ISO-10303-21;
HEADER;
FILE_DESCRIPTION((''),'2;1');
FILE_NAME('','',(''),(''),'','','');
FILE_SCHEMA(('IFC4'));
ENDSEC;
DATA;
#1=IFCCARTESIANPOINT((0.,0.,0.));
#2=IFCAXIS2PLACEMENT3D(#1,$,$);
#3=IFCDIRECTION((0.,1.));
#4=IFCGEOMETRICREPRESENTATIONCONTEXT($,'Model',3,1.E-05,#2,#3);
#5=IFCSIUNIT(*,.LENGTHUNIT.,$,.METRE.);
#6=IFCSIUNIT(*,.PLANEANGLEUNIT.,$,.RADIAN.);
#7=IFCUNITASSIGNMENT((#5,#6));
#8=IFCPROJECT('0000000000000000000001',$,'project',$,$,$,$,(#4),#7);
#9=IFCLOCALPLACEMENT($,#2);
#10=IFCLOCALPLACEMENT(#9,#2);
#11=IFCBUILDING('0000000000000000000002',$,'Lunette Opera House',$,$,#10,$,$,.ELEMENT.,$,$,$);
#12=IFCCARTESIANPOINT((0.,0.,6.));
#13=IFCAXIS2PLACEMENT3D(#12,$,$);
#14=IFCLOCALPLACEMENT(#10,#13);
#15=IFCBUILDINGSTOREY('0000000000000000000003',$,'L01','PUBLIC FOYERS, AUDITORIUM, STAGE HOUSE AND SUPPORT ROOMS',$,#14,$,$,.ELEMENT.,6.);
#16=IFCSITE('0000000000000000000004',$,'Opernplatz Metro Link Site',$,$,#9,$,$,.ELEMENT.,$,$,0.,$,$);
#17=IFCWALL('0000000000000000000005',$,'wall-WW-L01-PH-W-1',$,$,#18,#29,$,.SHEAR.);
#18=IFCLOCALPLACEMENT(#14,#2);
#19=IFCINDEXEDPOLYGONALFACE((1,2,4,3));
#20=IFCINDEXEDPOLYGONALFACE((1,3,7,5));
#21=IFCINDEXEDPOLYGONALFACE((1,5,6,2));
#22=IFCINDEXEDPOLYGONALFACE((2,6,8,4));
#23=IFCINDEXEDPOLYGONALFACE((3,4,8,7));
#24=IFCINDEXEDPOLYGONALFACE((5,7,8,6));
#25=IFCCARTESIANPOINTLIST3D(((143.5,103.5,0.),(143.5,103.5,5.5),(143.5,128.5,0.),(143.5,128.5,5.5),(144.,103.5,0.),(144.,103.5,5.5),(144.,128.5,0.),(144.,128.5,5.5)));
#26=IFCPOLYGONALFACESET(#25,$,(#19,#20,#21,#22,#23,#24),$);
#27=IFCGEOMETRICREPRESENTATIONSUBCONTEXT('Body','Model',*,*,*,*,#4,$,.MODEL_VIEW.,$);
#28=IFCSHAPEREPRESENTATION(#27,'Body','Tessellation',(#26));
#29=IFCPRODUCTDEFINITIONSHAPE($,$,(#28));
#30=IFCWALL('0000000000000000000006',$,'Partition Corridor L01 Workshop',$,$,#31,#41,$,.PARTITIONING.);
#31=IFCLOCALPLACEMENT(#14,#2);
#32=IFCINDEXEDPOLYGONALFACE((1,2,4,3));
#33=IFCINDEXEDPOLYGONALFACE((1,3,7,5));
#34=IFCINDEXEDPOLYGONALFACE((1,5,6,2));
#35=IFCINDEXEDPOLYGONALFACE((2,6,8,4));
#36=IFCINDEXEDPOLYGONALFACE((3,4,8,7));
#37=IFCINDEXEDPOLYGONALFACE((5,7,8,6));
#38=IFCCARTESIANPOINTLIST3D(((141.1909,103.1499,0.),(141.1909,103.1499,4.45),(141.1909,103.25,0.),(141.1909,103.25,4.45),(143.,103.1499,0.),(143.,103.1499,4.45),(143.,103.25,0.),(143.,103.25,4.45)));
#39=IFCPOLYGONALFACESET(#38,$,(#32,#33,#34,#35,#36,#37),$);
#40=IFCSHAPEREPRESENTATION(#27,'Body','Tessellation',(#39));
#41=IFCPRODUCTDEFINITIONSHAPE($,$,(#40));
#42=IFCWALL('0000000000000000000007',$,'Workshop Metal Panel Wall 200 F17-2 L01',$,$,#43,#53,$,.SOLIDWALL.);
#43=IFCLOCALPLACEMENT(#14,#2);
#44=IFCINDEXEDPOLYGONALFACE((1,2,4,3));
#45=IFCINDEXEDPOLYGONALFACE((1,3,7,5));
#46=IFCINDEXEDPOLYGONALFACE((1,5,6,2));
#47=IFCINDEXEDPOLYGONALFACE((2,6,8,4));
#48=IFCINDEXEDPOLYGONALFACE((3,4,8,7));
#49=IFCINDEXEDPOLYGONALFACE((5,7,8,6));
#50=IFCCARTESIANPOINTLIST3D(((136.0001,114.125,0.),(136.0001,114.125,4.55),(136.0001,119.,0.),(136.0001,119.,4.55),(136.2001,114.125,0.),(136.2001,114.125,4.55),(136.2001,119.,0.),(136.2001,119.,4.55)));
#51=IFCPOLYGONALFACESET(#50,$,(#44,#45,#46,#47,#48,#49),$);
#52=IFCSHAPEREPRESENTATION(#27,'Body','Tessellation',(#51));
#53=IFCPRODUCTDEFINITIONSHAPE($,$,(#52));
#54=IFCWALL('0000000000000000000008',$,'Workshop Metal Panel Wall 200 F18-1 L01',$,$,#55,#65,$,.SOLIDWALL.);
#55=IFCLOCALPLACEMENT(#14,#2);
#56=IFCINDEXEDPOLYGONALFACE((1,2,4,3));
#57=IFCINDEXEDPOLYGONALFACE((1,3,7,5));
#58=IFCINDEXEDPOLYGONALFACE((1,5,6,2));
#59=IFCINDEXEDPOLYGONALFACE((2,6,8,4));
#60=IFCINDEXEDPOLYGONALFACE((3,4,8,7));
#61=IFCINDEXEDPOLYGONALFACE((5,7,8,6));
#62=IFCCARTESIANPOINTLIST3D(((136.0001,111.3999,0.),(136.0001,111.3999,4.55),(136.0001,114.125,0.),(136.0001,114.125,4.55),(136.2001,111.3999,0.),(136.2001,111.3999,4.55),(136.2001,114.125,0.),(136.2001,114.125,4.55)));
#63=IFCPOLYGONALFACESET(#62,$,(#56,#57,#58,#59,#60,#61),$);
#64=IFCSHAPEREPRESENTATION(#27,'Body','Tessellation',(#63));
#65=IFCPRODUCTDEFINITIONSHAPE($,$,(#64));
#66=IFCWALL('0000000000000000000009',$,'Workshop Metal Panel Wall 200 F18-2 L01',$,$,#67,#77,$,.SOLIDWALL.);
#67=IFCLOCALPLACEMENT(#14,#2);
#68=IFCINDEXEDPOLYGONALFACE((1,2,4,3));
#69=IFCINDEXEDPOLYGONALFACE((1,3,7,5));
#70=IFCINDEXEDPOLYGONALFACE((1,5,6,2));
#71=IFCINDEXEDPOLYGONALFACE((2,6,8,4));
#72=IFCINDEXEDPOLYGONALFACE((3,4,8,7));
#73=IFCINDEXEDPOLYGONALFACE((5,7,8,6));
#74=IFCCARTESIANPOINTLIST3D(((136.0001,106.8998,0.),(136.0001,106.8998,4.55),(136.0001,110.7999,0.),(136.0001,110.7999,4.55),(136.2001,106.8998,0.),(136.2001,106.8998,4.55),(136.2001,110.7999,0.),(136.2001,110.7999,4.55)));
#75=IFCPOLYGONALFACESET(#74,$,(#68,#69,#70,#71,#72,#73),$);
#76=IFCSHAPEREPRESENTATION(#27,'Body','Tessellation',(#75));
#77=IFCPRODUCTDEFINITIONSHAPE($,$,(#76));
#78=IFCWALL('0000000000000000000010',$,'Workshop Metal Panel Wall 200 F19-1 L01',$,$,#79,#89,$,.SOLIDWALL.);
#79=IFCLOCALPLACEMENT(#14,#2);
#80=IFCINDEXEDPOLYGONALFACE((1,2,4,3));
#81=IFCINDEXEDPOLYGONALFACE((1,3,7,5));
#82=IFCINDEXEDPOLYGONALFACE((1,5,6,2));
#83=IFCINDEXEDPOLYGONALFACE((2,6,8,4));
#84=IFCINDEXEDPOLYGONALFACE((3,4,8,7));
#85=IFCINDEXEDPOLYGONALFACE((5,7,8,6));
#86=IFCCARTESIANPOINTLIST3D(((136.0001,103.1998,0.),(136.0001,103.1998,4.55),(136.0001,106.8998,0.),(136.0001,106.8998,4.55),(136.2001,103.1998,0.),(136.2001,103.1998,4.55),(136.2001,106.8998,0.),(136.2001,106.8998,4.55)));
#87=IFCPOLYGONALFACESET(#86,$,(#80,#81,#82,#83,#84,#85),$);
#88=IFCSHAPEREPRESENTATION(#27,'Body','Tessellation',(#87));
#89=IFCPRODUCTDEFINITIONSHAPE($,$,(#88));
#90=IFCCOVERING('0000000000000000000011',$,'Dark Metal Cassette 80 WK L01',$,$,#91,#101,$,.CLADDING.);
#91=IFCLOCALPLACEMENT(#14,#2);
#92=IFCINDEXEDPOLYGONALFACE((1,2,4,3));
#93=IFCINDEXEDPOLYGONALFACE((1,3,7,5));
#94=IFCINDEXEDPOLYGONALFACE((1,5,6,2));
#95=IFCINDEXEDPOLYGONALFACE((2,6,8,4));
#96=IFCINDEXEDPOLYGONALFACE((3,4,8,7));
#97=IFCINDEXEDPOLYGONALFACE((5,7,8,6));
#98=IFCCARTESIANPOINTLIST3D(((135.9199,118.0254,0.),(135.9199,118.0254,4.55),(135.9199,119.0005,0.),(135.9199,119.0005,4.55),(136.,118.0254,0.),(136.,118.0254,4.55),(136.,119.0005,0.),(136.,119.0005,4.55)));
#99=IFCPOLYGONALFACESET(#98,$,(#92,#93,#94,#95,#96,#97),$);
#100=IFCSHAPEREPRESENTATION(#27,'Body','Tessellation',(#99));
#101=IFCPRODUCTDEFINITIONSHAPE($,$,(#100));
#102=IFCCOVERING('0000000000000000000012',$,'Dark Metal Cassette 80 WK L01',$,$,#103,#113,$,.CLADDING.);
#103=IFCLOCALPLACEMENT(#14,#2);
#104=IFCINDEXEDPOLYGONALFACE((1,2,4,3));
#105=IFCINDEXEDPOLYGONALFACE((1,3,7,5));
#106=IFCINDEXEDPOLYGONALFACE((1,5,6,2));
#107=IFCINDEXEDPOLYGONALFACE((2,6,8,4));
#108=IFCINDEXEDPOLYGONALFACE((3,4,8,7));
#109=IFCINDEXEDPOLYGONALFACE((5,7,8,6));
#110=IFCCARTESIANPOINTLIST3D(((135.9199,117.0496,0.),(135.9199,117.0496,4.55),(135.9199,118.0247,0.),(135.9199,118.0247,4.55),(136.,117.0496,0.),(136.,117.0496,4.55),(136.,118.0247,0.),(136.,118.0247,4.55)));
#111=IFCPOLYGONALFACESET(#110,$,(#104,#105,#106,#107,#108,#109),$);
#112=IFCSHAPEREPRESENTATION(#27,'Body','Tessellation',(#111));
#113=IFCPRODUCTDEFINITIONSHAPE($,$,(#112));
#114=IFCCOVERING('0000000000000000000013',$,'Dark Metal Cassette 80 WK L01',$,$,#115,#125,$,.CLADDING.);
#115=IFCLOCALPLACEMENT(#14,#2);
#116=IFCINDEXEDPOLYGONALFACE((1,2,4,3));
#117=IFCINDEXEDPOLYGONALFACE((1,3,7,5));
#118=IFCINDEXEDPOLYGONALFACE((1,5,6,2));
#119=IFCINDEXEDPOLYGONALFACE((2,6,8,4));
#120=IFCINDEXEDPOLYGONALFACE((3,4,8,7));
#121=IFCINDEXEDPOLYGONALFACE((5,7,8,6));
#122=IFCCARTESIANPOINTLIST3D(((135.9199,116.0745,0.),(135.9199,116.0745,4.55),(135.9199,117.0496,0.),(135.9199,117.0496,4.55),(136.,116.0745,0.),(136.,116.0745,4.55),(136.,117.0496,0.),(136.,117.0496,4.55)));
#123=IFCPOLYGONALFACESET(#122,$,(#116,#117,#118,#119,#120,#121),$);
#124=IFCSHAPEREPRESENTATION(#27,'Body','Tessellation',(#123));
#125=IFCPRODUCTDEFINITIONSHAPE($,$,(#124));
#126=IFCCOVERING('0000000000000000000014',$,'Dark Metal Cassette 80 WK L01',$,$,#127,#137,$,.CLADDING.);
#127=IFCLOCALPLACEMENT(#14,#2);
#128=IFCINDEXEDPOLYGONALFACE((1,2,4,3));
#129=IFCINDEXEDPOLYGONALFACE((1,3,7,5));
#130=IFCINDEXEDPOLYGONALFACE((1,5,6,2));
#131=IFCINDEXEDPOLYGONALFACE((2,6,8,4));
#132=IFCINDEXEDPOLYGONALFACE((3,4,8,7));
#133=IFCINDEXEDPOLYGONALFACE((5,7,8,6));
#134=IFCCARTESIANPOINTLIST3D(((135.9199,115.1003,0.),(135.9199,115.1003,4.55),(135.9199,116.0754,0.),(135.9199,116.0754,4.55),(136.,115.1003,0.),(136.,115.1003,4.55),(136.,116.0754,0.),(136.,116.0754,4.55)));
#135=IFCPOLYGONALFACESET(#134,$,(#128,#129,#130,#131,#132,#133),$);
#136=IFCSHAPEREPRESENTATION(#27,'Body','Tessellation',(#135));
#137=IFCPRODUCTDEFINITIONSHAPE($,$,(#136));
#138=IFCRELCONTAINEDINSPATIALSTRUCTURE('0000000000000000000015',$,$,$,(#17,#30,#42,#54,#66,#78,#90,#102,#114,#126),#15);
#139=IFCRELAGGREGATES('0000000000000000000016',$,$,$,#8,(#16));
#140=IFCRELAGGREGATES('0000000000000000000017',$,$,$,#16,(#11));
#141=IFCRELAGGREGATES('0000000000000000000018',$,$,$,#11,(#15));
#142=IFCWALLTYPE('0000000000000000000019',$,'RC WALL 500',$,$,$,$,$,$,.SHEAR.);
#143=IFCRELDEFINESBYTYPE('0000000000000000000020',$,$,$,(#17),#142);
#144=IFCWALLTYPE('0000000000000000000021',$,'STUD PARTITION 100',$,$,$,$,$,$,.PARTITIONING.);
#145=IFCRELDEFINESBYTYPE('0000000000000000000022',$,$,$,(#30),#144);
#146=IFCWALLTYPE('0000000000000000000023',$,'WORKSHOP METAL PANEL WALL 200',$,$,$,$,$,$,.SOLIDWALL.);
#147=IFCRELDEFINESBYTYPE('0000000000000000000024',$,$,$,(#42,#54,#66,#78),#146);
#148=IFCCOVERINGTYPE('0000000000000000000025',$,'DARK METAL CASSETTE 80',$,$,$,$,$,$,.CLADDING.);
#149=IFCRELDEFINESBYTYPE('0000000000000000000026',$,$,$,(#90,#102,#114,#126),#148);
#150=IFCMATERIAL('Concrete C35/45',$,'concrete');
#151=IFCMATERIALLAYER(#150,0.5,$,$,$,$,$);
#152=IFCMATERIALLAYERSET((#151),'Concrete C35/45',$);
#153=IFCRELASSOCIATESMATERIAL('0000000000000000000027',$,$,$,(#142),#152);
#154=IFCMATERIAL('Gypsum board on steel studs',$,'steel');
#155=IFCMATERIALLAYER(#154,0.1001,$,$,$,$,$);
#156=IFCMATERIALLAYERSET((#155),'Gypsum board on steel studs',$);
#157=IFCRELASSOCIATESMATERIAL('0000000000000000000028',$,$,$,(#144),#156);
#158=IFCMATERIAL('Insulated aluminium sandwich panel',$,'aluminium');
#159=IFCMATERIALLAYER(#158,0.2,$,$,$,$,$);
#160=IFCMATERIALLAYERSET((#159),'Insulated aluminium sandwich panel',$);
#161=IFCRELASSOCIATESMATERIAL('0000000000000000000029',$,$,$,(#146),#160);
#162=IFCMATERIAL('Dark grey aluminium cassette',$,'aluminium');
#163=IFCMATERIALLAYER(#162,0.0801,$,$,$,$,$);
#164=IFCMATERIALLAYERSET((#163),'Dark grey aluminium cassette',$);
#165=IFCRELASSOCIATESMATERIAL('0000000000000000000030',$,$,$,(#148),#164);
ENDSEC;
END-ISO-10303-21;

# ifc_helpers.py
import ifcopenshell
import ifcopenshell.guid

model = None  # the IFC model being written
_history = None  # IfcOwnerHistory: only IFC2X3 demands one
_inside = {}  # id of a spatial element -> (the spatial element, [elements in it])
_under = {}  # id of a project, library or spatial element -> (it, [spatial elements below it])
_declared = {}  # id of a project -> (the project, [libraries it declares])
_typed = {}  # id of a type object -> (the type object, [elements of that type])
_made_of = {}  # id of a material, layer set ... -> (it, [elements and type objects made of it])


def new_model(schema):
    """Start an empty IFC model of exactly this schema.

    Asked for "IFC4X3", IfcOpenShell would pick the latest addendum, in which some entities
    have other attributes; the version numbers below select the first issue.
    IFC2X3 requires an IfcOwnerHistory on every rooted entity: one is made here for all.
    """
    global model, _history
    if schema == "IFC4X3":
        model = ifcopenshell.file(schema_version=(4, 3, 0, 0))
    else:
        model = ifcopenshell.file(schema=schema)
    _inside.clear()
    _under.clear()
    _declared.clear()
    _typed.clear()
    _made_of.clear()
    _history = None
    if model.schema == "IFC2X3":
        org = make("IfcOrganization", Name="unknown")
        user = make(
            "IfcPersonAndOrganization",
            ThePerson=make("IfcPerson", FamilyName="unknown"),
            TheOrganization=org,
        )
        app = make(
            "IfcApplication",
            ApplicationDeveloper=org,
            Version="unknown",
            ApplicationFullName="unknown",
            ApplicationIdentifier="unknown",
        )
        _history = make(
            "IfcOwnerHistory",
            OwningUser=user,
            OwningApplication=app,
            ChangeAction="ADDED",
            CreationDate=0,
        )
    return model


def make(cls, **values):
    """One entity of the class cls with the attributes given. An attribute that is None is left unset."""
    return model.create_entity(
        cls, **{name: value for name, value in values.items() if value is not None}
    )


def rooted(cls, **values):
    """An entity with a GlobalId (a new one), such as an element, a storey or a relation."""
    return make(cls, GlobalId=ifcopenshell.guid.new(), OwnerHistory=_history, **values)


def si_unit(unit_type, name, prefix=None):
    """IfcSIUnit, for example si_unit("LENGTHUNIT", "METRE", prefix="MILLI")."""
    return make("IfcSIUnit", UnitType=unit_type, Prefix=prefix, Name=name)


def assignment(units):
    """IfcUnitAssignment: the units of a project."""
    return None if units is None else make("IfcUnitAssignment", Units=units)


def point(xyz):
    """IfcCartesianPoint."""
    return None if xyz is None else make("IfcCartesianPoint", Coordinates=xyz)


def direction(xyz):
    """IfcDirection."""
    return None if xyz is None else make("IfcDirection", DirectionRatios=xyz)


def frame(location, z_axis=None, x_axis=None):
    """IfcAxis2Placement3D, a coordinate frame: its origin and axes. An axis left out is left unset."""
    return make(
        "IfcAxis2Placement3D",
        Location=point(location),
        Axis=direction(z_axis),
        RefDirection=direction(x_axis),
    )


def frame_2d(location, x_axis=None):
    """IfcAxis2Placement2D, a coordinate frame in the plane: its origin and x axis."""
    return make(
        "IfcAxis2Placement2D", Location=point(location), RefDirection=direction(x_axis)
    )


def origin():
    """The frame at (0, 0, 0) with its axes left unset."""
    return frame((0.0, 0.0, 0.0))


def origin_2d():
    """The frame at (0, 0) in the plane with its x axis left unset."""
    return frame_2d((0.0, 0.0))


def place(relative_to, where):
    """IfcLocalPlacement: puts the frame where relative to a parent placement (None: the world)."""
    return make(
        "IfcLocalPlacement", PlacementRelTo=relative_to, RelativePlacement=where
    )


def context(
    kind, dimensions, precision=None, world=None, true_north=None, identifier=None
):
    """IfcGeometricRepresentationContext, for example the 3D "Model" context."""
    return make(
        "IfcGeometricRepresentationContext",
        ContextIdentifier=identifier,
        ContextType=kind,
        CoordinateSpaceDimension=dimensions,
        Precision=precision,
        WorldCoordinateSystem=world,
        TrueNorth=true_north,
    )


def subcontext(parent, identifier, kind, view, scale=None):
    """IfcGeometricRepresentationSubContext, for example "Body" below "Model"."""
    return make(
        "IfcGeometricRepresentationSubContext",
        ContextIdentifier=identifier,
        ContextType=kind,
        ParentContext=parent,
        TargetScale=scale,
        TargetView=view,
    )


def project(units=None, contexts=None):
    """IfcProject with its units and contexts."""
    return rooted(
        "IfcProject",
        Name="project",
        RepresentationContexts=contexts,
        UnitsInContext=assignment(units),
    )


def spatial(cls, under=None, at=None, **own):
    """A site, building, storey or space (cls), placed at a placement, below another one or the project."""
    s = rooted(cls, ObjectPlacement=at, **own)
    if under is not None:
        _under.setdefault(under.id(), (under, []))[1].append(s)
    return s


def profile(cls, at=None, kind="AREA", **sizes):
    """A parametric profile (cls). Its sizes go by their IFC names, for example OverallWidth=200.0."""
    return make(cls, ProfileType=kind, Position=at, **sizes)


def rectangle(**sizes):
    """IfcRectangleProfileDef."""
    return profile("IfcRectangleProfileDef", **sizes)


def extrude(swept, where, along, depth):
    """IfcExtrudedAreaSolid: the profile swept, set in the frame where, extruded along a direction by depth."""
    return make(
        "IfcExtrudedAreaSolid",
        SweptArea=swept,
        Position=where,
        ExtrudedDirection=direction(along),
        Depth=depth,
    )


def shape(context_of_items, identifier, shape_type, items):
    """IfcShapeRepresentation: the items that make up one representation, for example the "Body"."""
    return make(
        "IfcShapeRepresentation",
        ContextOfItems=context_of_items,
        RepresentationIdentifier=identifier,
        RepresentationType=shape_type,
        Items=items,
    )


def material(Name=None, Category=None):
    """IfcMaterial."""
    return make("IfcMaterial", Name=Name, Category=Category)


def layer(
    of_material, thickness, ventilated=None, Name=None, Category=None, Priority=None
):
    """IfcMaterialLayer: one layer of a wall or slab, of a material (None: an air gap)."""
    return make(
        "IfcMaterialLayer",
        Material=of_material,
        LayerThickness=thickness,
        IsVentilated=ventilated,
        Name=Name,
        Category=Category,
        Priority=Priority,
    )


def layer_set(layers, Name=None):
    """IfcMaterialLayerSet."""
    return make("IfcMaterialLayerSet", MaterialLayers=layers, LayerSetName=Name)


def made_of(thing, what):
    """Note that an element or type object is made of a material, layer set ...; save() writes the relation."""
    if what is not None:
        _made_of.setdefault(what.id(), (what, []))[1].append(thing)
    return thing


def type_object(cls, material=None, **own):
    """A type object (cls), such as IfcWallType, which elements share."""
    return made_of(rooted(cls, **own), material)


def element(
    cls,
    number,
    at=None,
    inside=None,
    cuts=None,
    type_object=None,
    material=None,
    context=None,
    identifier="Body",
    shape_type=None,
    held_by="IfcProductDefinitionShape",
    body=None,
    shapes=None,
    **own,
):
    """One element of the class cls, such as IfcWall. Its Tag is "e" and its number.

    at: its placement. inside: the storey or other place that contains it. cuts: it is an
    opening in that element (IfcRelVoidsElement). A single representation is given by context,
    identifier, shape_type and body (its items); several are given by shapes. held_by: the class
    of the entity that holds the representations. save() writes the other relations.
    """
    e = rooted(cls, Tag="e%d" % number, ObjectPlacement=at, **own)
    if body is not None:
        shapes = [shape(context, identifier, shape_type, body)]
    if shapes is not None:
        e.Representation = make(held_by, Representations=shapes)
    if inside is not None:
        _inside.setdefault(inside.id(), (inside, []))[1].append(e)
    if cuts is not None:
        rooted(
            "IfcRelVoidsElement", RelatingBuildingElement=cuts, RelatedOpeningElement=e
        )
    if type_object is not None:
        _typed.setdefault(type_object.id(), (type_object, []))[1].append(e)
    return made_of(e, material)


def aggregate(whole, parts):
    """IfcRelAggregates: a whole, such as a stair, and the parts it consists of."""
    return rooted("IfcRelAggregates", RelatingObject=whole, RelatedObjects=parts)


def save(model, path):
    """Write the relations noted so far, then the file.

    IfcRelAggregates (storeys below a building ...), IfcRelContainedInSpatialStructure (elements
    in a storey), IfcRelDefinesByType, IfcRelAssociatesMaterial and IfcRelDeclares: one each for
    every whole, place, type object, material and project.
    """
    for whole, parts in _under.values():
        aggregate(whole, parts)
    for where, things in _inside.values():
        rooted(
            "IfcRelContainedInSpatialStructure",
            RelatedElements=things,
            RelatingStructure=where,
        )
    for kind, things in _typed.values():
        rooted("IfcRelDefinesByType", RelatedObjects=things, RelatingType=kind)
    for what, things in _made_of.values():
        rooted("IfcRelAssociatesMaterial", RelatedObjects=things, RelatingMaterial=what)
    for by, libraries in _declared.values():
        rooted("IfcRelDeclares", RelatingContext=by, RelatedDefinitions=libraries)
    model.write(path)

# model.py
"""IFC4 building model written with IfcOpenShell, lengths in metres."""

from ifc_helpers import new_model, si_unit, direction, frame, frame_2d, origin, origin_2d, place, context, subcontext, project, spatial, rectangle, extrude, material, layer, layer_set, type_object, element, save


model = new_model("IFC4")

# Units and contexts
model_context = context("Model", 3, precision=1e-05, world=origin(), true_north=direction((0.0, 1.0)))
body_context = subcontext(model_context, "Body", "Model", "MODEL_VIEW")
ifc_project = project(units=[si_unit("LENGTHUNIT", "METRE"), si_unit("PLANEANGLEUNIT", "RADIAN")], contexts=[model_context])

# Site, building, storey
site_placement = place(None, origin())
site = spatial("IfcSite", under=ifc_project, at=site_placement, Name="Opernplatz Metro Link Site", CompositionType="ELEMENT", RefElevation=0.0)
building_placement = place(site_placement, origin())
building = spatial("IfcBuilding", under=site, at=building_placement, Name="Lunette Opera House", CompositionType="ELEMENT")
storey_placement = place(building_placement, frame((0.0, 0.0, 6.0)))
storey = spatial("IfcBuildingStorey", under=building, at=storey_placement, Name="L01", Description="PUBLIC FOYERS, AUDITORIUM, STAGE HOUSE AND SUPPORT ROOMS", CompositionType="ELEMENT", Elevation=6.0)

# Walls
ifc_material_1 = material(Name="Concrete C35/45", Category="concrete")
ifc_layer_1 = layer(ifc_material_1, 0.5)
ifc_layer_set_1 = layer_set([ifc_layer_1], Name="Concrete C35/45")
wall_type_1 = type_object("IfcWallType", Name="RC WALL 500", PredefinedType="SHEAR", material=ifc_layer_set_1)
wall_1_placement = place(storey_placement, frame((143.75, 103.5, 0.0), z_axis=(0.0, 0.0, 1.0), x_axis=(0.0, 1.0, 0.0)))
element("IfcWall", 1, at=wall_1_placement, inside=storey, type_object=wall_type_1, Name="wall-WW-L01-PH-W-1", PredefinedType="SHEAR", context=body_context, shape_type="SweptSolid", body=[
    extrude(rectangle(XDim=25.0, YDim=0.5, at=frame_2d((12.5, 0.0))), origin(), (0.0, 0.0, 1.0), 5.5),
])
ifc_material_2 = material(Name="Gypsum board on steel studs", Category="steel")
ifc_layer_2 = layer(ifc_material_2, 0.1001)
ifc_layer_set_2 = layer_set([ifc_layer_2], Name="Gypsum board on steel studs")
wall_type_2 = type_object("IfcWallType", Name="STUD PARTITION 100", PredefinedType="PARTITIONING", material=ifc_layer_set_2)
wall_2_placement = place(storey_placement, frame((143.0, 103.2, 0.0), z_axis=(0.0, 0.0, 1.0), x_axis=(-1.0, 0.0, 0.0)))
element("IfcWall", 2, at=wall_2_placement, inside=storey, type_object=wall_type_2, Name="Partition Corridor L01 Workshop", PredefinedType="PARTITIONING", context=body_context, shape_type="SweptSolid", body=[
    extrude(rectangle(XDim=1.8091, YDim=0.1001, at=frame_2d((0.9045, 0.0))), origin(), (0.0, 0.0, 1.0), 4.45),
])
ifc_material_3 = material(Name="Insulated aluminium sandwich panel", Category="aluminium")
ifc_layer_3 = layer(ifc_material_3, 0.2)
ifc_layer_set_3 = layer_set([ifc_layer_3], Name="Insulated aluminium sandwich panel")
wall_type_3 = type_object("IfcWallType", Name="WORKSHOP METAL PANEL WALL 200", PredefinedType="SOLIDWALL", material=ifc_layer_set_3)
wall_3_placement = place(storey_placement, frame((136.1001, 119.0, 0.0), z_axis=(0.0, 0.0, 1.0), x_axis=(0.0, -1.0, 0.0)))
element("IfcWall", 3, at=wall_3_placement, inside=storey, type_object=wall_type_3, Name="Workshop Metal Panel Wall 200 F17-2 L01", PredefinedType="SOLIDWALL", context=body_context, shape_type="SweptSolid", body=[
    extrude(rectangle(XDim=4.875, YDim=0.2, at=frame_2d((2.4375, 0.0))), origin(), (0.0, 0.0, 1.0), 4.55),
])
wall_4_placement = place(storey_placement, frame((136.1001, 114.125, 0.0), z_axis=(0.0, 0.0, 1.0), x_axis=(0.0, -1.0, 0.0)))
element("IfcWall", 4, at=wall_4_placement, inside=storey, type_object=wall_type_3, Name="Workshop Metal Panel Wall 200 F18-1 L01", PredefinedType="SOLIDWALL", context=body_context, shape_type="SweptSolid", body=[
    extrude(rectangle(XDim=2.7251, YDim=0.2, at=frame_2d((1.3625, 0.0))), origin(), (0.0, 0.0, 1.0), 4.55),
])
wall_5_placement = place(storey_placement, frame((136.1001, 110.8, 0.0), z_axis=(0.0, 0.0, 1.0), x_axis=(0.0, -1.0, 0.0)))
element("IfcWall", 5, at=wall_5_placement, inside=storey, type_object=wall_type_3, Name="Workshop Metal Panel Wall 200 F18-2 L01", PredefinedType="SOLIDWALL", context=body_context, shape_type="SweptSolid", body=[
    extrude(rectangle(XDim=3.9001, YDim=0.2, at=frame_2d((1.9502, 0.0))), origin(), (0.0, 0.0, 1.0), 4.55),
])
wall_6_placement = place(storey_placement, frame((136.1001, 106.8999, 0.0), z_axis=(0.0, 0.0, 1.0), x_axis=(0.0, -1.0, 0.0)))
element("IfcWall", 6, at=wall_6_placement, inside=storey, type_object=wall_type_3, Name="Workshop Metal Panel Wall 200 F19-1 L01", PredefinedType="SOLIDWALL", context=body_context, shape_type="SweptSolid", body=[
    extrude(rectangle(XDim=3.7, YDim=0.2, at=frame_2d((1.8501, 0.0))), origin(), (0.0, 0.0, 1.0), 4.55),
])

# Coverings
ifc_material_4 = material(Name="Dark grey aluminium cassette", Category="aluminium")
ifc_layer_4 = layer(ifc_material_4, 0.0801)
ifc_layer_set_4 = layer_set([ifc_layer_4], Name="Dark grey aluminium cassette")
covering_type = type_object("IfcCoveringType", Name="DARK METAL CASSETTE 80", PredefinedType="CLADDING", material=ifc_layer_set_4)
for number, where, z_axis, x_axis, name in (
    (7, (135.96, 118.5129, 0.0), (0.0, 0.0, 1.0), (0.0, -1.0, 0.0), "Dark Metal Cassette 80 WK L01"),
    (8, (135.96, 117.5371, 0.0), (0.0, 0.0, 1.0), (0.0, -1.0, 0.0), "Dark Metal Cassette 80 WK L01"),
    (9, (135.96, 116.562, 0.0), (0.0, 0.0, 1.0), (0.0, -1.0, 0.0), "Dark Metal Cassette 80 WK L01"),
    (10, (135.96, 115.5879, 0.0), (0.0, 0.0, 1.0), (0.0, -1.0, 0.0), "Dark Metal Cassette 80 WK L01"),
):
    element("IfcCovering", number, at=place(storey_placement, frame(where, z_axis=z_axis, x_axis=x_axis)), inside=storey, type_object=covering_type, Name=name, PredefinedType="CLADDING", context=body_context, shape_type="SweptSolid", body=[
        extrude(rectangle(XDim=0.9751, YDim=0.0801, at=origin_2d()), origin(), (0.0, 0.0, 1.0), 4.55),
    ])

save(model, "model.ifc")
